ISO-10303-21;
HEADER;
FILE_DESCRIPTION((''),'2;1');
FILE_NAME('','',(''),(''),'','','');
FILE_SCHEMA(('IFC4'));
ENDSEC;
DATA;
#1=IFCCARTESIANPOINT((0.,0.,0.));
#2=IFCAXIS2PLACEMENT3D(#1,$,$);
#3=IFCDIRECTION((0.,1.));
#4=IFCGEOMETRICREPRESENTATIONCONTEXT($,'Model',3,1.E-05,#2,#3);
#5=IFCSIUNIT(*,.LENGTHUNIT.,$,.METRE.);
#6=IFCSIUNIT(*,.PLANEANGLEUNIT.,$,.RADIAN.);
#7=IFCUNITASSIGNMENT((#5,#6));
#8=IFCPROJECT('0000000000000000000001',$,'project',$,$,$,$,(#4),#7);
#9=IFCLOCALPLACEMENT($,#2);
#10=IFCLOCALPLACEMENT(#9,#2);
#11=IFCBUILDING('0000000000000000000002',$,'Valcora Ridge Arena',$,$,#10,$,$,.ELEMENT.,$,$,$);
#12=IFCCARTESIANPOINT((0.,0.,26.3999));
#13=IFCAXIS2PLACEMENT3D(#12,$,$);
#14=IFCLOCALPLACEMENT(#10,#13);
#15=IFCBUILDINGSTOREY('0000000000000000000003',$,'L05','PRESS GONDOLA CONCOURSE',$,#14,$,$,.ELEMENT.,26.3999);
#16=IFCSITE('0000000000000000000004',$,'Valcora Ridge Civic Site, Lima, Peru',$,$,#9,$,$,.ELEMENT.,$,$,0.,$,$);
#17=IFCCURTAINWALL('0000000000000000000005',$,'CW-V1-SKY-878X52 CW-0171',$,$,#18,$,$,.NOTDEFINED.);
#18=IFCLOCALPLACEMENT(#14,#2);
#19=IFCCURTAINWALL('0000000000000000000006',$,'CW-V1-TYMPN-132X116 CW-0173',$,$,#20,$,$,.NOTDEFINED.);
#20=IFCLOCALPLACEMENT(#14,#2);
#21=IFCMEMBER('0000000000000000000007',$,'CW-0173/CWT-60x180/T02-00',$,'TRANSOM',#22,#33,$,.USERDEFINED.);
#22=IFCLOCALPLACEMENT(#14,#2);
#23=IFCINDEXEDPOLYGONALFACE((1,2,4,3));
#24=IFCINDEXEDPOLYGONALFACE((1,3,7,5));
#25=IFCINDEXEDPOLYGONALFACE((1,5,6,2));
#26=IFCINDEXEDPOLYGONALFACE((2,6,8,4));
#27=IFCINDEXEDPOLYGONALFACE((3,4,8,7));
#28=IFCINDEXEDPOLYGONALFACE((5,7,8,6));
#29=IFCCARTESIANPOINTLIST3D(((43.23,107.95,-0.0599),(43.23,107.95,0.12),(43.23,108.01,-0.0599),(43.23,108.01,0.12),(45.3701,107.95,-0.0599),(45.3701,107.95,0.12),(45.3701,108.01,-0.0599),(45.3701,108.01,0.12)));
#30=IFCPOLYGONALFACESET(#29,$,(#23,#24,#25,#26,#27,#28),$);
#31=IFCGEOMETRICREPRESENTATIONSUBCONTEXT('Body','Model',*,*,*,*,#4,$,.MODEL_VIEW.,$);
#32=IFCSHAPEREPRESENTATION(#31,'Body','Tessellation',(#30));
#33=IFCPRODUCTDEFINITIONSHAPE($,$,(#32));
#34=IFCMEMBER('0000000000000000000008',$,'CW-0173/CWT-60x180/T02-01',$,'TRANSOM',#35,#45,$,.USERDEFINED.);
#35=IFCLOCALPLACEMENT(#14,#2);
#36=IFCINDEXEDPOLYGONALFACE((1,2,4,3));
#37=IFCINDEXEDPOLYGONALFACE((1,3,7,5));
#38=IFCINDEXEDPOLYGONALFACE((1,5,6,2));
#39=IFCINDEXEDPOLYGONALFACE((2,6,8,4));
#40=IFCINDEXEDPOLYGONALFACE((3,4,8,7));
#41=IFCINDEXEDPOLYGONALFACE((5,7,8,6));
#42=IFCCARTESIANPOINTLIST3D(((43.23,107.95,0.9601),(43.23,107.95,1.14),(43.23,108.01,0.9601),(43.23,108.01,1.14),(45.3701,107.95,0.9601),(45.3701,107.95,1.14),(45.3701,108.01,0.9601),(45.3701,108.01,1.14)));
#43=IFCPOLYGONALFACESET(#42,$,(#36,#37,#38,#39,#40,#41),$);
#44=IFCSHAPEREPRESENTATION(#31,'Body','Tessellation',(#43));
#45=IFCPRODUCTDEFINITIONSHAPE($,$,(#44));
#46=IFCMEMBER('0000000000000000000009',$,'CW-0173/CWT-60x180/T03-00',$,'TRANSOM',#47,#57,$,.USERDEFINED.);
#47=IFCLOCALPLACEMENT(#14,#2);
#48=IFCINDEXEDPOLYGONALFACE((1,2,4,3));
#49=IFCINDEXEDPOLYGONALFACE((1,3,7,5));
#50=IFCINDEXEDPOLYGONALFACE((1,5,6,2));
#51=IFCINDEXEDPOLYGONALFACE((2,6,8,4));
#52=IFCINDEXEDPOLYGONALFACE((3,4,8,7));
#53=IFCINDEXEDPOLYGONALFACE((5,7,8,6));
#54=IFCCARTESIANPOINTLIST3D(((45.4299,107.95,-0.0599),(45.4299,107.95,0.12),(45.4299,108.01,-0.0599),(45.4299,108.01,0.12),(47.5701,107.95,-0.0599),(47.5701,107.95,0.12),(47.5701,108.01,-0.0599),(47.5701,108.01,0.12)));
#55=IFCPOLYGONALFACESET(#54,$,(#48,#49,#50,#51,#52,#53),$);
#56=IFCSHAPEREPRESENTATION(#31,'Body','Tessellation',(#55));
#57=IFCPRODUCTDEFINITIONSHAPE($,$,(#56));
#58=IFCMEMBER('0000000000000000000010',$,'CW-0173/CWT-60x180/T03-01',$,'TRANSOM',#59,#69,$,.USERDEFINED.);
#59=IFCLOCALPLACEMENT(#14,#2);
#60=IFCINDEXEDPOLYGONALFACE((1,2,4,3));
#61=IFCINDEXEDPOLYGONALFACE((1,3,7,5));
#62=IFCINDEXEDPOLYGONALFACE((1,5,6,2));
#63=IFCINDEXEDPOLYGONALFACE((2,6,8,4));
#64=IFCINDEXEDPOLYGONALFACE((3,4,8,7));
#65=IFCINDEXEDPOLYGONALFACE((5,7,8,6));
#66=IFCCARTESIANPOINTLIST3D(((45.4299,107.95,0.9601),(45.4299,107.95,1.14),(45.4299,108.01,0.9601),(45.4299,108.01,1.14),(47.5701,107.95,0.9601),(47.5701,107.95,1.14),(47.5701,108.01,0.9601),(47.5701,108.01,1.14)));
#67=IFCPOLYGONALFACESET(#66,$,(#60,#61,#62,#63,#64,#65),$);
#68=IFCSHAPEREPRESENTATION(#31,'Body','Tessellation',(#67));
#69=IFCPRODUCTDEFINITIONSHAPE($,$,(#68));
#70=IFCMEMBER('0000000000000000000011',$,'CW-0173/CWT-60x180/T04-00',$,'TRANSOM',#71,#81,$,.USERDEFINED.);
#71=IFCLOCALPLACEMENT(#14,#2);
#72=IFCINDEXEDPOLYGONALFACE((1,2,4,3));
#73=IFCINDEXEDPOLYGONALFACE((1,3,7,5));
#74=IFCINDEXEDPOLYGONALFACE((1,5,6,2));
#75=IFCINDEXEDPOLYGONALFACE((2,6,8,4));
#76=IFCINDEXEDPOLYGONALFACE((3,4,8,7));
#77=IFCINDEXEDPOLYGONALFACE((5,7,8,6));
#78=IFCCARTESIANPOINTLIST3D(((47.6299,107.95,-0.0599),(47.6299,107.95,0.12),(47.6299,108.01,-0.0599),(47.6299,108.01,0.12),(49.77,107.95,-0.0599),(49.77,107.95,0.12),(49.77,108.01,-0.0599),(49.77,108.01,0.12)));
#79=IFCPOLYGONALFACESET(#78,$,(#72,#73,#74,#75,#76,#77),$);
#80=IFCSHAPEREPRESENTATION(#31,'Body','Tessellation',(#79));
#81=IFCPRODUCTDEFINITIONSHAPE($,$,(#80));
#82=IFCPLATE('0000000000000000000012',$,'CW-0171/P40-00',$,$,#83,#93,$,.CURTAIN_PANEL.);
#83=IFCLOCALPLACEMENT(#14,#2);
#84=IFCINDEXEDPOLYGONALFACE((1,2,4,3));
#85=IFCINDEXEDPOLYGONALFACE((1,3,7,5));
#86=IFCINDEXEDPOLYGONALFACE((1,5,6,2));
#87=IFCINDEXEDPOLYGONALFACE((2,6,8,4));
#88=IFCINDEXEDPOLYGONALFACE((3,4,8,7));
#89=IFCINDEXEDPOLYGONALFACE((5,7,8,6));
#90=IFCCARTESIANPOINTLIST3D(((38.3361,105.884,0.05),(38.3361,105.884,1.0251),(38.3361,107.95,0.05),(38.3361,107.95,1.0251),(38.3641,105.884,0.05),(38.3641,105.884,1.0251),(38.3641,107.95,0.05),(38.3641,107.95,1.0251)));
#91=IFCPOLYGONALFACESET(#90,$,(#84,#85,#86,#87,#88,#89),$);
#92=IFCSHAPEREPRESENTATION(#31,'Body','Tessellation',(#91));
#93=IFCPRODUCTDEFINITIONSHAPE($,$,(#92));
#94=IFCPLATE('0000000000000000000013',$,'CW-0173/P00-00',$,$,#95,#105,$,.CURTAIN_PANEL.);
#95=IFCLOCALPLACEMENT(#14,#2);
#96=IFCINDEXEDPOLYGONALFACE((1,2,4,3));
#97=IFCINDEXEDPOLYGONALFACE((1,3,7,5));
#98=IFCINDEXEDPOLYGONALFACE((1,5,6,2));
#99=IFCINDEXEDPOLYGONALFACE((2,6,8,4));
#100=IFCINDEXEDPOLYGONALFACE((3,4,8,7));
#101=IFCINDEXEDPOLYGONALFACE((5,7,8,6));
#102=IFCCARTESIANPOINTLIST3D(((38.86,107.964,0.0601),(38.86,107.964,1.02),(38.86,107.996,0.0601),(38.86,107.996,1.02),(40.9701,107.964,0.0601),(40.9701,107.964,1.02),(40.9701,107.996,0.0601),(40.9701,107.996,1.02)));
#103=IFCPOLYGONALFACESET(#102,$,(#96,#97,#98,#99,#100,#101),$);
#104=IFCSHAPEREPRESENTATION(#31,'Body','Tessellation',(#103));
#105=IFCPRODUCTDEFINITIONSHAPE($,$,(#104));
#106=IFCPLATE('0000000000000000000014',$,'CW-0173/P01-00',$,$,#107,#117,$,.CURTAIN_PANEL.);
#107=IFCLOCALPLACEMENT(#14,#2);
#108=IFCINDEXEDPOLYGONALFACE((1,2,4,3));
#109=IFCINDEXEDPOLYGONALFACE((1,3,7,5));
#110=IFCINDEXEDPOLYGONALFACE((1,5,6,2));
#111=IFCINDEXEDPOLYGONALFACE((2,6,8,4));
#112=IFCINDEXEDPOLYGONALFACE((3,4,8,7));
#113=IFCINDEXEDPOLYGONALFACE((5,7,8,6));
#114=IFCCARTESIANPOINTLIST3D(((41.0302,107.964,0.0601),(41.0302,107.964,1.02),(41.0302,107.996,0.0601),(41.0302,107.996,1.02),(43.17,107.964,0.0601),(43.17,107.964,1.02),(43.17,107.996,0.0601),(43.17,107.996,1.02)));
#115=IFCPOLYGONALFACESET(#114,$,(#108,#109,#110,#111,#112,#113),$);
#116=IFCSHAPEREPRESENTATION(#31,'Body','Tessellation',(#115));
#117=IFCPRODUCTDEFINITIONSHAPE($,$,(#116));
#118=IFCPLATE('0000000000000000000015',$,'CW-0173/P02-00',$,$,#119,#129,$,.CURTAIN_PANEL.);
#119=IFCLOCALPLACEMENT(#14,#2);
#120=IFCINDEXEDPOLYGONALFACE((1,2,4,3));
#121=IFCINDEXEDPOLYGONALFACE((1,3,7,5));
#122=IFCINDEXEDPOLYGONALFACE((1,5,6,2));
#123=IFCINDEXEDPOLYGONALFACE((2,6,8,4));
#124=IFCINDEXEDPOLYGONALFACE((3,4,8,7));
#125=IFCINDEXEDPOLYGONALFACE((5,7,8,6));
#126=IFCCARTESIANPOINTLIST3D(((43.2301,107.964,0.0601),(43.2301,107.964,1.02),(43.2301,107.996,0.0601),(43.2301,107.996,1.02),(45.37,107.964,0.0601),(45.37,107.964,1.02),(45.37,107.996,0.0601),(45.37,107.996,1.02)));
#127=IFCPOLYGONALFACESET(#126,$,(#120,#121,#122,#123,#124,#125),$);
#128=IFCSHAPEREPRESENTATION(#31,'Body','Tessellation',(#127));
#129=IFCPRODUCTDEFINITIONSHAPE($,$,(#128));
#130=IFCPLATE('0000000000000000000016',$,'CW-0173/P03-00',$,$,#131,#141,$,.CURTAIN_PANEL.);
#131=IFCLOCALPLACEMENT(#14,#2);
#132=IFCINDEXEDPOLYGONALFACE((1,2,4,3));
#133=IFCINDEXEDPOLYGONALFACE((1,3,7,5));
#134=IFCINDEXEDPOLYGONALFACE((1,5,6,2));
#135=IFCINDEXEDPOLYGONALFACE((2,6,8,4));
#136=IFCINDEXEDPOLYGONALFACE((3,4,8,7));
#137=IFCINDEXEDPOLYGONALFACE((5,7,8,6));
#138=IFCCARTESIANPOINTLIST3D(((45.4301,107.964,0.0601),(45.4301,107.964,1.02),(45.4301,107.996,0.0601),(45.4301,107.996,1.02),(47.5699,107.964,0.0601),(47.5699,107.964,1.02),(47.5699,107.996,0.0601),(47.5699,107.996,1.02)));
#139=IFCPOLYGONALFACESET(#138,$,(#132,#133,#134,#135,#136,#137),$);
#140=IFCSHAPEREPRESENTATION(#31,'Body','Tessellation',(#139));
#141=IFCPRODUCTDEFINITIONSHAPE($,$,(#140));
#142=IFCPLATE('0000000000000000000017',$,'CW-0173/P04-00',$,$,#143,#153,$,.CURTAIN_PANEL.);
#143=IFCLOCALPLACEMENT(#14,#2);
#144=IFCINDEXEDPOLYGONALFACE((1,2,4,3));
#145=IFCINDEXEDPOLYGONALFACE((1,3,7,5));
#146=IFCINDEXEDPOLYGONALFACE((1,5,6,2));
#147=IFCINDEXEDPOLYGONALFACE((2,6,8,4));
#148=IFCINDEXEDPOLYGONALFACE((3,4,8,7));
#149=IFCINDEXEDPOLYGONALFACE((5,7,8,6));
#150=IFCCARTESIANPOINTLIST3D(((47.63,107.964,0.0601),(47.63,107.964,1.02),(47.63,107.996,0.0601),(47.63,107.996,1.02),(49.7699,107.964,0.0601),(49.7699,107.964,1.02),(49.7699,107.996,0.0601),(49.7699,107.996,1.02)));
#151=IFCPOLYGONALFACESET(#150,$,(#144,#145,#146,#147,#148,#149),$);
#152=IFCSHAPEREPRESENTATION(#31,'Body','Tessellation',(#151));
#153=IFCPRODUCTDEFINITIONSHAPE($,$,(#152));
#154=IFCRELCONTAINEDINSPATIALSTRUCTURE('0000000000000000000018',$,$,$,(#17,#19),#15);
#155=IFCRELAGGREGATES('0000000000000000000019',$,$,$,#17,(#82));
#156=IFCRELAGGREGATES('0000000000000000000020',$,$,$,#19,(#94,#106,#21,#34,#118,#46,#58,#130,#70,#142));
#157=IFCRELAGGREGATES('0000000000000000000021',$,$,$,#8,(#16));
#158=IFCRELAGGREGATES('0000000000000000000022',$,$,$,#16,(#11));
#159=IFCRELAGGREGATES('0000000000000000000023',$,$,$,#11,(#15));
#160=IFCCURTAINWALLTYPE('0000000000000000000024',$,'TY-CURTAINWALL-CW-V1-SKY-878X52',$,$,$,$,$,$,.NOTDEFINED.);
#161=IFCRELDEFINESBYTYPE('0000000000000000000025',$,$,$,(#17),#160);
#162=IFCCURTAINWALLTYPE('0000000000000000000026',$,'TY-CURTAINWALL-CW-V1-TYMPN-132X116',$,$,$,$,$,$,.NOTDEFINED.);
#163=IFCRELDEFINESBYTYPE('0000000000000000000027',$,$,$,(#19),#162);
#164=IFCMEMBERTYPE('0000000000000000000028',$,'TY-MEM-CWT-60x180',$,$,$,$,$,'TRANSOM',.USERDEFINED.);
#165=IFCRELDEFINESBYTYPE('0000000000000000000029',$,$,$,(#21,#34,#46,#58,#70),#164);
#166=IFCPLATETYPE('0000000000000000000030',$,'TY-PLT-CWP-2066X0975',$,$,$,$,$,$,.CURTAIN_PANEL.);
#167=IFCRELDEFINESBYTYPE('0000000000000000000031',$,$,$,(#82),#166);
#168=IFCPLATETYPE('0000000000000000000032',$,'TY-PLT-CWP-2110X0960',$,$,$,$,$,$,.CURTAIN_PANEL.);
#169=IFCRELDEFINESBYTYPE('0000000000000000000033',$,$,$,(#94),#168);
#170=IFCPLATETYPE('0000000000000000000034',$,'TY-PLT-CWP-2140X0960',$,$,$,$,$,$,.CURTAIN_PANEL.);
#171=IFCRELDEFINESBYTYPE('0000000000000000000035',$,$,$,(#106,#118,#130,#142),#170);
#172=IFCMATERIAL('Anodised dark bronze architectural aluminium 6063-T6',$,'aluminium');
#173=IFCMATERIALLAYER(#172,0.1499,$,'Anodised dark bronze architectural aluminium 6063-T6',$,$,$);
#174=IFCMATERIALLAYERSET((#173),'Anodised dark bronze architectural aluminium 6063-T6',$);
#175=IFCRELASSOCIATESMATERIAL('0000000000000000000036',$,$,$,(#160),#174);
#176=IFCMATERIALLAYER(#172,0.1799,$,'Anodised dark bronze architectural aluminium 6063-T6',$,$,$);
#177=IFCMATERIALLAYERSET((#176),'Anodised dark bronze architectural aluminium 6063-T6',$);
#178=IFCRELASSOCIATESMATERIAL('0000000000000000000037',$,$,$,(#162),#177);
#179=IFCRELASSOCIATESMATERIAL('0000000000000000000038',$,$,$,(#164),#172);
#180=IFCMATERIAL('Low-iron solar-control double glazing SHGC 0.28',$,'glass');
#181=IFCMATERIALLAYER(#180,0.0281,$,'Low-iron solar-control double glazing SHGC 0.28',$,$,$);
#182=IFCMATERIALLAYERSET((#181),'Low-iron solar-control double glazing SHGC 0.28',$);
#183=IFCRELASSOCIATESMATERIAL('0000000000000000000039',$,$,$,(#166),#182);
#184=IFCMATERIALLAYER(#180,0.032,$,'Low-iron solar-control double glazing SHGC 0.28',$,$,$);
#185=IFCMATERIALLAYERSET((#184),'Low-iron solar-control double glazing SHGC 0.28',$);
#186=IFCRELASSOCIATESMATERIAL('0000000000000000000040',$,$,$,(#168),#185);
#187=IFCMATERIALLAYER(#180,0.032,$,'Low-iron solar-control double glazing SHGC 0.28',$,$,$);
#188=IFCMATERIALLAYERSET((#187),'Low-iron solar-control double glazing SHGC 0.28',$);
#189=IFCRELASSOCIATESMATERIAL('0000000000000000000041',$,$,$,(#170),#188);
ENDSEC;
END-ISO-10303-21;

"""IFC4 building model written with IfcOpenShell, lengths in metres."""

from ifc_helpers import new_model, si_unit, direction, frame, origin, origin_2d, place, context, subcontext, project, spatial, rectangle, extrude, material, layer, layer_set, material_profile, profile_set, type_object, element, aggregate, save


model = new_model("IFC4")

# Units and contexts
model_context = context("Model", 3, precision=1e-05, world=origin(), true_north=direction((0.0, 1.0)))
body_context = subcontext(model_context, "Body", "Model", "MODEL_VIEW")
ifc_project = project(units=[si_unit("LENGTHUNIT", "METRE"), si_unit("PLANEANGLEUNIT", "RADIAN")], contexts=[model_context])

# Site, building, storey
site_placement = place(None, origin())
site = spatial("IfcSite", under=ifc_project, at=site_placement, Name="Valcora Ridge Civic Site, Lima, Peru", CompositionType="ELEMENT", RefElevation=0.0)
building_placement = place(site_placement, origin())
building = spatial("IfcBuilding", under=site, at=building_placement, Name="Valcora Ridge Arena", CompositionType="ELEMENT")
storey_placement = place(building_placement, frame((0.0, 0.0, 26.3999)))
storey = spatial("IfcBuildingStorey", under=building, at=storey_placement, Name="L05", Description="PRESS GONDOLA CONCOURSE", CompositionType="ELEMENT", Elevation=26.3999)

# Curtain wall
ifc_material_1 = material(Name="Anodised dark bronze architectural aluminium 6063-T6", Category="aluminium")
ifc_layer_1 = layer(ifc_material_1, 0.1499, Name="Anodised dark bronze architectural aluminium 6063-T6")
ifc_layer_set_1 = layer_set([ifc_layer_1], Name="Anodised dark bronze architectural aluminium 6063-T6")
curtain_wall_type_1 = type_object("IfcCurtainWallType", Name="TY-CURTAINWALL-CW-V1-SKY-878X52", PredefinedType="NOTDEFINED", material=ifc_layer_set_1)
curtain_wall_1_placement = place(storey_placement, origin())
curtain_wall_1 = element("IfcCurtainWall", 1, at=curtain_wall_1_placement, inside=storey, type_object=curtain_wall_type_1, Name="CW-V1-SKY-878X52 CW-0171", PredefinedType="NOTDEFINED")

# Curtain wall
ifc_layer_2 = layer(ifc_material_1, 0.1799, Name="Anodised dark bronze architectural aluminium 6063-T6")
ifc_layer_set_2 = layer_set([ifc_layer_2], Name="Anodised dark bronze architectural aluminium 6063-T6")
curtain_wall_type_2 = type_object("IfcCurtainWallType", Name="TY-CURTAINWALL-CW-V1-TYMPN-132X116", PredefinedType="NOTDEFINED", material=ifc_layer_set_2)
curtain_wall_2_placement = place(storey_placement, origin())
curtain_wall_2 = element("IfcCurtainWall", 2, at=curtain_wall_2_placement, inside=storey, type_object=curtain_wall_type_2, Name="CW-V1-TYMPN-132X116 CW-0173", PredefinedType="NOTDEFINED")

# Members
ifc_material_profile_1 = material_profile(ifc_material_1, rectangle(XDim=0.0601, YDim=0.1799, at=origin_2d()), Name="ALU TRANSOM 60x180")
ifc_profile_set_1 = profile_set([ifc_material_profile_1], Name="Anodised dark bronze architectural aluminium 6063-T6")
member_type_1 = type_object("IfcMemberType", Name="TY-MEM-CWT-60x180", ElementType="TRANSOM", PredefinedType="USERDEFINED", material=ifc_profile_set_1)
member_1_placement = place(storey_placement, frame((43.23, 107.98, 0.03), z_axis=(1.0, 0.0, 0.0), x_axis=(0.0, 1.0, 0.0)))
member_1 = element("IfcMember", 3, at=member_1_placement, type_object=member_type_1, Name="CW-0173/CWT-60x180/T02-00", ObjectType="TRANSOM", PredefinedType="USERDEFINED", context=body_context, shape_type="SweptSolid", body=[
    extrude(rectangle(XDim=0.0601, YDim=0.1799, at=origin_2d()), origin(), (0.0, 0.0, 1.0), 2.1401),
])
member_2_placement = place(storey_placement, frame((43.23, 107.98, 1.05), z_axis=(1.0, 0.0, 0.0), x_axis=(0.0, 1.0, 0.0)))
member_2 = element("IfcMember", 4, at=member_2_placement, type_object=member_type_1, Name="CW-0173/CWT-60x180/T02-01", ObjectType="TRANSOM", PredefinedType="USERDEFINED", context=body_context, shape_type="SweptSolid", body=[
    extrude(rectangle(XDim=0.0601, YDim=0.1799, at=origin_2d()), origin(), (0.0, 0.0, 1.0), 2.1401),
])
member_3_placement = place(storey_placement, frame((45.4299, 107.98, 0.03), z_axis=(1.0, 0.0, 0.0), x_axis=(0.0, 1.0, 0.0)))
member_3 = element("IfcMember", 5, at=member_3_placement, type_object=member_type_1, Name="CW-0173/CWT-60x180/T03-00", ObjectType="TRANSOM", PredefinedType="USERDEFINED", context=body_context, shape_type="SweptSolid", body=[
    extrude(rectangle(XDim=0.0601, YDim=0.1799, at=origin_2d()), origin(), (0.0, 0.0, 1.0), 2.1401),
])
member_4_placement = place(storey_placement, frame((45.4299, 107.98, 1.05), z_axis=(1.0, 0.0, 0.0), x_axis=(0.0, 1.0, 0.0)))
member_4 = element("IfcMember", 6, at=member_4_placement, type_object=member_type_1, Name="CW-0173/CWT-60x180/T03-01", ObjectType="TRANSOM", PredefinedType="USERDEFINED", context=body_context, shape_type="SweptSolid", body=[
    extrude(rectangle(XDim=0.0601, YDim=0.1799, at=origin_2d()), origin(), (0.0, 0.0, 1.0), 2.1401),
])
member_5_placement = place(storey_placement, frame((47.6299, 107.98, 0.03), z_axis=(1.0, 0.0, 0.0), x_axis=(0.0, 1.0, 0.0)))
member_5 = element("IfcMember", 7, at=member_5_placement, type_object=member_type_1, Name="CW-0173/CWT-60x180/T04-00", ObjectType="TRANSOM", PredefinedType="USERDEFINED", context=body_context, shape_type="SweptSolid", body=[
    extrude(rectangle(XDim=0.0601, YDim=0.1799, at=origin_2d()), origin(), (0.0, 0.0, 1.0), 2.1401),
])

# Plates
ifc_material_2 = material(Name="Low-iron solar-control double glazing SHGC 0.28", Category="glass")
ifc_layer_3 = layer(ifc_material_2, 0.0281, Name="Low-iron solar-control double glazing SHGC 0.28")
ifc_layer_set_3 = layer_set([ifc_layer_3], Name="Low-iron solar-control double glazing SHGC 0.28")
plate_type_1 = type_object("IfcPlateType", Name="TY-PLT-CWP-2066X0975", PredefinedType="CURTAIN_PANEL", material=ifc_layer_set_3)
plate_1_placement = place(storey_placement, frame((38.3501, 106.917, 0.05), z_axis=(0.0, 0.0, 1.0), x_axis=(0.0, 1.0, 0.0)))
plate_1 = element("IfcPlate", 8, at=plate_1_placement, type_object=plate_type_1, Name="CW-0171/P40-00", PredefinedType="CURTAIN_PANEL", context=body_context, shape_type="SweptSolid", body=[
    extrude(rectangle(XDim=2.0659, YDim=0.0281, at=origin_2d()), origin(), (0.0, 0.0, 1.0), 0.9751),
])
aggregate(curtain_wall_1, [plate_1])
ifc_layer_4 = layer(ifc_material_2, 0.032, Name="Low-iron solar-control double glazing SHGC 0.28")
ifc_layer_set_4 = layer_set([ifc_layer_4], Name="Low-iron solar-control double glazing SHGC 0.28")
plate_type_2 = type_object("IfcPlateType", Name="TY-PLT-CWP-2110X0960", PredefinedType="CURTAIN_PANEL", material=ifc_layer_set_4)
plate_2_placement = place(storey_placement, frame((39.915, 107.98, 0.0601), z_axis=(0.0, 0.0, 1.0), x_axis=(1.0, 0.0, 0.0)))
plate_2 = element("IfcPlate", 9, at=plate_2_placement, type_object=plate_type_2, Name="CW-0173/P00-00", PredefinedType="CURTAIN_PANEL", context=body_context, shape_type="SweptSolid", body=[
    extrude(rectangle(XDim=2.1101, YDim=0.032, at=origin_2d()), origin(), (0.0, 0.0, 1.0), 0.96),
])
ifc_layer_5 = layer(ifc_material_2, 0.032, Name="Low-iron solar-control double glazing SHGC 0.28")
ifc_layer_set_5 = layer_set([ifc_layer_5], Name="Low-iron solar-control double glazing SHGC 0.28")
plate_type_3 = type_object("IfcPlateType", Name="TY-PLT-CWP-2140X0960", PredefinedType="CURTAIN_PANEL", material=ifc_layer_set_5)
plate_3_placement = place(storey_placement, frame((42.1001, 107.98, 0.0601), z_axis=(0.0, 0.0, 1.0), x_axis=(1.0, 0.0, 0.0)))
plate_3 = element("IfcPlate", 10, at=plate_3_placement, type_object=plate_type_3, Name="CW-0173/P01-00", PredefinedType="CURTAIN_PANEL", context=body_context, shape_type="SweptSolid", body=[
    extrude(rectangle(XDim=2.1399, YDim=0.032, at=origin_2d()), origin(), (0.0, 0.0, 1.0), 0.96),
])
plate_4_placement = place(storey_placement, frame((44.3, 107.98, 0.0601), z_axis=(0.0, 0.0, 1.0), x_axis=(1.0, 0.0, 0.0)))
plate_4 = element("IfcPlate", 11, at=plate_4_placement, type_object=plate_type_3, Name="CW-0173/P02-00", PredefinedType="CURTAIN_PANEL", context=body_context, shape_type="SweptSolid", body=[
    extrude(rectangle(XDim=2.1399, YDim=0.032, at=origin_2d()), origin(), (0.0, 0.0, 1.0), 0.96),
])
plate_5_placement = place(storey_placement, frame((46.5, 107.98, 0.0601), z_axis=(0.0, 0.0, 1.0), x_axis=(1.0, 0.0, 0.0)))
plate_5 = element("IfcPlate", 12, at=plate_5_placement, type_object=plate_type_3, Name="CW-0173/P03-00", PredefinedType="CURTAIN_PANEL", context=body_context, shape_type="SweptSolid", body=[
    extrude(rectangle(XDim=2.1399, YDim=0.032, at=origin_2d()), origin(), (0.0, 0.0, 1.0), 0.96),
])
plate_6_placement = place(storey_placement, frame((48.7, 107.98, 0.0601), z_axis=(0.0, 0.0, 1.0), x_axis=(1.0, 0.0, 0.0)))
plate_6 = element("IfcPlate", 13, at=plate_6_placement, type_object=plate_type_3, Name="CW-0173/P04-00", PredefinedType="CURTAIN_PANEL", context=body_context, shape_type="SweptSolid", body=[
    extrude(rectangle(XDim=2.1399, YDim=0.032, at=origin_2d()), origin(), (0.0, 0.0, 1.0), 0.96),
])
aggregate(curtain_wall_2, [plate_2, plate_3, member_1, member_2, plate_4, member_3, member_4, plate_5, member_5, plate_6])

save(model, "model.ifc")
